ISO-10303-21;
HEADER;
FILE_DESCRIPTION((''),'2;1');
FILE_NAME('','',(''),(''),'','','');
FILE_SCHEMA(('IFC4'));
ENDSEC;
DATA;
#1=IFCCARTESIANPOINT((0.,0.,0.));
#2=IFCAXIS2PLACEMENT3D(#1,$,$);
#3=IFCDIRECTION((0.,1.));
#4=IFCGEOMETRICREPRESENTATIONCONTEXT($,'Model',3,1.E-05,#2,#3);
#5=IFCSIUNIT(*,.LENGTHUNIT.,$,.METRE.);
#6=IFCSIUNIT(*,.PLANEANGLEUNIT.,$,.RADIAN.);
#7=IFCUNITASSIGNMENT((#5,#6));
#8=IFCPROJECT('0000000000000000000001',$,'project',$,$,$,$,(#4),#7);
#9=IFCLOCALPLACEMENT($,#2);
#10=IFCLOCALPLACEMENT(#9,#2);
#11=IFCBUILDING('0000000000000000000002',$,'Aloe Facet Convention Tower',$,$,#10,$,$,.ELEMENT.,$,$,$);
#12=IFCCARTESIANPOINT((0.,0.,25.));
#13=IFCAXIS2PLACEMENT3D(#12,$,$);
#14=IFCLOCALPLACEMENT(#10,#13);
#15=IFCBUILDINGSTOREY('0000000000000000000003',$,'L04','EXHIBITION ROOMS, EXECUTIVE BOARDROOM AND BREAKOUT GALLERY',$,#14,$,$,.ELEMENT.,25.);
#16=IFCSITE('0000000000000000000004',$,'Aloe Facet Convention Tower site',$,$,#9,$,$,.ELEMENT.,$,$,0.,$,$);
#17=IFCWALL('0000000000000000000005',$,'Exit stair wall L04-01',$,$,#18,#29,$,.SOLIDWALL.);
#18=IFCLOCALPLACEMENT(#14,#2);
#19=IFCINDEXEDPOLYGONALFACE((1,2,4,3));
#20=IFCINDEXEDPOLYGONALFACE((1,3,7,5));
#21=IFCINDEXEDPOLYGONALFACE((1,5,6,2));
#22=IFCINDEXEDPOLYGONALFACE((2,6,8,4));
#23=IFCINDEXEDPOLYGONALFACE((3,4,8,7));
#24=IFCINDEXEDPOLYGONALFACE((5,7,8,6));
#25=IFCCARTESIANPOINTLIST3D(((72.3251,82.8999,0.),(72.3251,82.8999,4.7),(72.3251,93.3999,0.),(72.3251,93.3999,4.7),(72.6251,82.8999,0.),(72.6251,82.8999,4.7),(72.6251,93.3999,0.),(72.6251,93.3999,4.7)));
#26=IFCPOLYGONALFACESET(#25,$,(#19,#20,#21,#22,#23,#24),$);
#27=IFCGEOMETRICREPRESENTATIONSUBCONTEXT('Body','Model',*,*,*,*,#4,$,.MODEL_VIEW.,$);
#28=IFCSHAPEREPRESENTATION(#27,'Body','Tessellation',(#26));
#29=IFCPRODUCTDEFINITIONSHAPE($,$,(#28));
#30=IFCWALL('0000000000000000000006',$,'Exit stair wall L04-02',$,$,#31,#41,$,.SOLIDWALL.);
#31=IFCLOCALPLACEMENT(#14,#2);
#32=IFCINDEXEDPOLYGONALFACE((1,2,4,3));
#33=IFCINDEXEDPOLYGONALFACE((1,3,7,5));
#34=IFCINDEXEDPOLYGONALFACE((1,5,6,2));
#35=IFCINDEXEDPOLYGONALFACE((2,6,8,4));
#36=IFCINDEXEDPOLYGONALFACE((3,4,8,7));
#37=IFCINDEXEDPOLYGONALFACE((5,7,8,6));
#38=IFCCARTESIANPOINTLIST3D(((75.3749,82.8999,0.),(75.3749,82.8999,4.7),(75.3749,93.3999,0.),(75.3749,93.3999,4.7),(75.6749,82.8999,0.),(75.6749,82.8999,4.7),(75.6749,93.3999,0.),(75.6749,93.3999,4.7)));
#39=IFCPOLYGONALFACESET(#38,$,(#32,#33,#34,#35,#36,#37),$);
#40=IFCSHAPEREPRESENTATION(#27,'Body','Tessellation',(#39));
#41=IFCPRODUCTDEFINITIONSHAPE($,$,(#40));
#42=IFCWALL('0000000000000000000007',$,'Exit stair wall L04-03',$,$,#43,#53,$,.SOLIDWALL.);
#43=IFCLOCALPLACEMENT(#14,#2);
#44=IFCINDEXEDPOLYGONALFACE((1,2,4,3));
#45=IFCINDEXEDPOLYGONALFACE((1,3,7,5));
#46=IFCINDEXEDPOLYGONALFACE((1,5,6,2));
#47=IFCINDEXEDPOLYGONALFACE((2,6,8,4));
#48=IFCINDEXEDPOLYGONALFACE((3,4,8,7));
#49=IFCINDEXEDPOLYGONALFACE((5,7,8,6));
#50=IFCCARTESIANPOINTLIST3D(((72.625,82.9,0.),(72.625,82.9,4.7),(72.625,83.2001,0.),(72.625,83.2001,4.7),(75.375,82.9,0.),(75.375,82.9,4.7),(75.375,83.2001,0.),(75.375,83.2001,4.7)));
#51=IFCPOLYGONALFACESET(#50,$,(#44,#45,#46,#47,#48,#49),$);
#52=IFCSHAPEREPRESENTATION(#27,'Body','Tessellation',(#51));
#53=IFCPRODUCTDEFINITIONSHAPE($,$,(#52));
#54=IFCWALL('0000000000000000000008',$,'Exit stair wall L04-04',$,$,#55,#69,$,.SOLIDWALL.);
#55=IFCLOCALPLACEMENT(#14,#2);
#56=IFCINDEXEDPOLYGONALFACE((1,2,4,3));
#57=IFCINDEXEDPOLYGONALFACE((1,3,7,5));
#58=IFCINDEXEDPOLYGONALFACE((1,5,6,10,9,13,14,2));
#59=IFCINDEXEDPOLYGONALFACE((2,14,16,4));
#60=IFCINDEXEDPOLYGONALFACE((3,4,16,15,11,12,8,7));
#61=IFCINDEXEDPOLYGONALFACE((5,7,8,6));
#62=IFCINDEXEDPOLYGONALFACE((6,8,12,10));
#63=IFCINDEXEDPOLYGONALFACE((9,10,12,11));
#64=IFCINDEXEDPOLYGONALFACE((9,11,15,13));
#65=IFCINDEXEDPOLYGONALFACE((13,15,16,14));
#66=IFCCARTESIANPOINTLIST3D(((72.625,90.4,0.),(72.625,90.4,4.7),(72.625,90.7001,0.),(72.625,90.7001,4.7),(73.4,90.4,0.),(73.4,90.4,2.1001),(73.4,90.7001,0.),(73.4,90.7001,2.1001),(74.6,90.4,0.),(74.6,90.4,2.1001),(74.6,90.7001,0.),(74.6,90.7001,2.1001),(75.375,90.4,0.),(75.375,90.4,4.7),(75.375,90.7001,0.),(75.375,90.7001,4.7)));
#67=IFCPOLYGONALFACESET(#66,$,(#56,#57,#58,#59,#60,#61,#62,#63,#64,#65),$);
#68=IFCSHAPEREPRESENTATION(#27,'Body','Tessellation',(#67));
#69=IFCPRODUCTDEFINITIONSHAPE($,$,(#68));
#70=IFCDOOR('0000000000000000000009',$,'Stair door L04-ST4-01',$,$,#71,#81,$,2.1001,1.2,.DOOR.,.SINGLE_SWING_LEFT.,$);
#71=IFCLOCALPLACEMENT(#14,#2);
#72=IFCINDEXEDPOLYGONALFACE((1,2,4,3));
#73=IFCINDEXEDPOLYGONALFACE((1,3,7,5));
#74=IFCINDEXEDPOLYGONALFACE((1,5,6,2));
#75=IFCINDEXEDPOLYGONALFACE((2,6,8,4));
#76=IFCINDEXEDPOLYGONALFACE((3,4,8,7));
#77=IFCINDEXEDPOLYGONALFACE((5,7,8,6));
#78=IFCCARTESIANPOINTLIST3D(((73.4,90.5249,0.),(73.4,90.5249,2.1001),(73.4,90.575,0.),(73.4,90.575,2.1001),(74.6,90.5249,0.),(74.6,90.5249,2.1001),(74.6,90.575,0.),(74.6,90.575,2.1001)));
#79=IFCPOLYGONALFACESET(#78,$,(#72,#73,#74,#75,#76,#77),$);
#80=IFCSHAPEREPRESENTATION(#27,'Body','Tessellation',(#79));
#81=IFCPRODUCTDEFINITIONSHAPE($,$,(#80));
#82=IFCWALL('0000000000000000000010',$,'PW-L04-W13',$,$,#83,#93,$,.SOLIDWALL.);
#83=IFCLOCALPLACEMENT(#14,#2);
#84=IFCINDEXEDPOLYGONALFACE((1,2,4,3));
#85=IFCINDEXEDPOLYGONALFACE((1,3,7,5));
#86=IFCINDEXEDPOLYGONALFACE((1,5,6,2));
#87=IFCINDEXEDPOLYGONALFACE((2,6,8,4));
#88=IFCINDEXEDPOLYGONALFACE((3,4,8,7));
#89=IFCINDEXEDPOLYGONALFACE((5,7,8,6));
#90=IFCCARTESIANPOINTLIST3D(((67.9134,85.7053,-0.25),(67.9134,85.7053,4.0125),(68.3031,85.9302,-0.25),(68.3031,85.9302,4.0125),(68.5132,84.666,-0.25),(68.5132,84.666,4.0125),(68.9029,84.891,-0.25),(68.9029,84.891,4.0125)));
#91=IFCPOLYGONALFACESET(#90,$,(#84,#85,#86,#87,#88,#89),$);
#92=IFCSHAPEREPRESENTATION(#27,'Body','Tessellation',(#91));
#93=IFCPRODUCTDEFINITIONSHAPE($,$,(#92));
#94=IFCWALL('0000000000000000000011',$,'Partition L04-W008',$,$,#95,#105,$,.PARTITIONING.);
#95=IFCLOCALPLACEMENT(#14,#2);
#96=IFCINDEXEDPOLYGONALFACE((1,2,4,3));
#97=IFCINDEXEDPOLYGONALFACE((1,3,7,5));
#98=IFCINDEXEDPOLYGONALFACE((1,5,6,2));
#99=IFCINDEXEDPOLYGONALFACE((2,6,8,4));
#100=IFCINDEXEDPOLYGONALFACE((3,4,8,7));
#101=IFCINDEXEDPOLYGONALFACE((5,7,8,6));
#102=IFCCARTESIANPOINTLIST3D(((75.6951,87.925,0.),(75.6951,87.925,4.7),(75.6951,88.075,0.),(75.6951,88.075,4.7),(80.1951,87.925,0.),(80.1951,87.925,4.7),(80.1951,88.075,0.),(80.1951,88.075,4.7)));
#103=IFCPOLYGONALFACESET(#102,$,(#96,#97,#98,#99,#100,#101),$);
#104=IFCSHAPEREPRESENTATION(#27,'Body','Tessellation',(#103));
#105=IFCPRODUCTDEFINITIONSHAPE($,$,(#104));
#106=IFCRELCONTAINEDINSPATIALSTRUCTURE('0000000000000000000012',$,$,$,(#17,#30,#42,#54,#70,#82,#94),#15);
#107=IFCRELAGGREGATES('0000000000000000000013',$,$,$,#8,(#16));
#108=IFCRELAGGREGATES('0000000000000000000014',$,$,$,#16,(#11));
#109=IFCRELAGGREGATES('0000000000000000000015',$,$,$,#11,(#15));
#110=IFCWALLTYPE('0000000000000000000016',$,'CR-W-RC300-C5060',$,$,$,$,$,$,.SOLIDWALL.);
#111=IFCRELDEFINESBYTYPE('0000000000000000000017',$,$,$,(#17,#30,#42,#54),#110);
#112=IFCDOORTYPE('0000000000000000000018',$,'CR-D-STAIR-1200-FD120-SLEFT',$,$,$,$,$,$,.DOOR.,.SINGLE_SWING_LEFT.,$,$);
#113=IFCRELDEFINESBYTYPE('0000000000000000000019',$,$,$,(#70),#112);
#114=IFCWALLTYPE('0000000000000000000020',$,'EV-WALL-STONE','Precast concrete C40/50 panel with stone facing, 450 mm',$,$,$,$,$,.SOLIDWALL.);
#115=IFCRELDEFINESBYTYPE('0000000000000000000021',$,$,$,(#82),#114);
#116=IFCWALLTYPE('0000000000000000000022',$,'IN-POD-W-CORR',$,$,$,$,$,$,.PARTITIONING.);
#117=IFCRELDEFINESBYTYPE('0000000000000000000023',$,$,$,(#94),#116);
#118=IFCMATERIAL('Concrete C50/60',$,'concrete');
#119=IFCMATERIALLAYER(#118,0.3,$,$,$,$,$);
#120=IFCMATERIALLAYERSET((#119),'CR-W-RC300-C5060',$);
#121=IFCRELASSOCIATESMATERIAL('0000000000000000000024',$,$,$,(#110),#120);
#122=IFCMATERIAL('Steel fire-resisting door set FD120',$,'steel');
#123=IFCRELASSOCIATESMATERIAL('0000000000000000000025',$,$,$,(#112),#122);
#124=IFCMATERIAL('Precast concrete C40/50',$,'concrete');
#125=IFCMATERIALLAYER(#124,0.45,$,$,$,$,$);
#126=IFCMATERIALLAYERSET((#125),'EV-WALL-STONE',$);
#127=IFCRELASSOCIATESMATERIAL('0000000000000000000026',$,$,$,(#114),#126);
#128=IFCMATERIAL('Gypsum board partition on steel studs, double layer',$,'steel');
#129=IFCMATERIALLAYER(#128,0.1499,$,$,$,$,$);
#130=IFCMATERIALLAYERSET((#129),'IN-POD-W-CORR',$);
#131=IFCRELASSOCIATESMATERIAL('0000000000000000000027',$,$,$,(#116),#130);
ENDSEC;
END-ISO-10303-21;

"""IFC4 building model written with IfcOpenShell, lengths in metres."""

from ifc_helpers import new_model, si_unit, direction, frame, frame_2d, origin, place, context, subcontext, project, spatial, rectangle, extrude, material, layer, layer_set, type_object, element, fill, save


model = new_model("IFC4")

# Units and contexts
model_context = context("Model", 3, precision=1e-05, world=origin(), true_north=direction((0.0, 1.0)))
body_context = subcontext(model_context, "Body", "Model", "MODEL_VIEW")
ifc_project = project(units=[si_unit("LENGTHUNIT", "METRE"), si_unit("PLANEANGLEUNIT", "RADIAN")], contexts=[model_context])

# Site, building, storey
site_placement = place(None, origin())
site = spatial("IfcSite", under=ifc_project, at=site_placement, Name="Aloe Facet Convention Tower site", CompositionType="ELEMENT", RefElevation=0.0)
building_placement = place(site_placement, origin())
building = spatial("IfcBuilding", under=site, at=building_placement, Name="Aloe Facet Convention Tower", CompositionType="ELEMENT")
storey_placement = place(building_placement, frame((0.0, 0.0, 25.0)))
storey = spatial("IfcBuildingStorey", under=building, at=storey_placement, Name="L04", Description="EXHIBITION ROOMS, EXECUTIVE BOARDROOM AND BREAKOUT GALLERY", CompositionType="ELEMENT", Elevation=25.0)

# Walls
ifc_material_1 = material(Name="Concrete C50/60", Category="concrete")
ifc_layer_1 = layer(ifc_material_1, 0.3)
ifc_layer_set_1 = layer_set([ifc_layer_1], Name="CR-W-RC300-C5060")
wall_type_1 = type_object("IfcWallType", Name="CR-W-RC300-C5060", PredefinedType="SOLIDWALL", material=ifc_layer_set_1)
for number, where, z_axis, x_axis, name in (
    (1, (72.4751, 82.8999, 0.0), (0.0, 0.0, 1.0), (0.0, 1.0, 0.0), "Exit stair wall L04-01"),
    (2, (75.5249, 82.8999, 0.0), (0.0, 0.0, 1.0), (0.0, 1.0, 0.0), "Exit stair wall L04-02"),
):
    element("IfcWall", number, at=place(storey_placement, frame(where, z_axis=z_axis, x_axis=x_axis)), inside=storey, type_object=wall_type_1, Name=name, PredefinedType="SOLIDWALL", context=body_context, shape_type="SweptSolid", body=[
        extrude(rectangle(XDim=10.5, YDim=0.3, at=frame_2d((5.25, 0.0))), origin(), (0.0, 0.0, 1.0), 4.7),
    ])
wall_1_placement = place(storey_placement, frame((72.625, 83.05, 0.0), z_axis=(0.0, 0.0, 1.0), x_axis=(1.0, 0.0, 0.0)))
element("IfcWall", 3, at=wall_1_placement, inside=storey, type_object=wall_type_1, Name="Exit stair wall L04-03", PredefinedType="SOLIDWALL", context=body_context, shape_type="SweptSolid", body=[
    extrude(rectangle(XDim=2.75, YDim=0.3, at=frame_2d((1.375, 0.0))), origin(), (0.0, 0.0, 1.0), 4.7),
])

# Wall, opening, door
wall_2_placement = place(storey_placement, frame((72.625, 90.55, 0.0), z_axis=(0.0, 0.0, 1.0), x_axis=(1.0, 0.0, 0.0)))
wall_2 = element("IfcWall", 4, at=wall_2_placement, inside=storey, type_object=wall_type_1, Name="Exit stair wall L04-04", PredefinedType="SOLIDWALL", context=body_context, shape_type="SweptSolid", body=[
    extrude(rectangle(XDim=2.75, YDim=0.3, at=frame_2d((1.375, 0.0))), origin(), (0.0, 0.0, 1.0), 4.7),
])
opening_placement = place(wall_2_placement, frame((0.7749, 0.0, 0.0)))
opening = element("IfcOpeningElement", 5, at=opening_placement, cuts=wall_2, PredefinedType="OPENING", context=body_context, shape_type="SweptSolid", body=[
    extrude(rectangle(XDim=1.2, YDim=2.1001, at=frame_2d((0.6001, 1.05))), frame((0.0, 0.1602, 0.0), z_axis=(0.0, -1.0, 0.0), x_axis=(1.0, 0.0, 0.0)), (0.0, 0.0, 1.0), 0.3201),
])
ifc_material_2 = material(Name="Steel fire-resisting door set FD120", Category="steel")
door_type = type_object("IfcDoorType", Name="CR-D-STAIR-1200-FD120-SLEFT", OperationType="SINGLE_SWING_LEFT", PredefinedType="DOOR", material=ifc_material_2)
door_placement = place(opening_placement, origin())
door = element("IfcDoor", 6, at=door_placement, inside=storey, type_object=door_type, Name="Stair door L04-ST4-01", OperationType="SINGLE_SWING_LEFT", OverallHeight=2.1001, OverallWidth=1.2, PredefinedType="DOOR", context=body_context, shape_type="SweptSolid", body=[
    extrude(rectangle(XDim=1.2, YDim=2.1001, at=frame_2d((0.6001, 1.05))), frame((0.0, 0.0249, 0.0), z_axis=(0.0, -1.0, 0.0), x_axis=(1.0, 0.0, 0.0)), (0.0, 0.0, 1.0), 0.05),
])
fill(opening, door)

# Walls
ifc_material_3 = material(Name="Precast concrete C40/50", Category="concrete")
ifc_layer_2 = layer(ifc_material_3, 0.45)
ifc_layer_set_2 = layer_set([ifc_layer_2], Name="EV-WALL-STONE")
wall_type_2 = type_object("IfcWallType", Name="EV-WALL-STONE", Description="Precast concrete C40/50 panel with stone facing, 450 mm", PredefinedType="SOLIDWALL", material=ifc_layer_set_2)
wall_3_placement = place(storey_placement, frame((68.1082, 85.8179, -0.25), z_axis=(0.0, 0.0, 1.0), x_axis=(0.499881, -0.866094, 0.0)))
element("IfcWall", 7, at=wall_3_placement, inside=storey, type_object=wall_type_2, Name="PW-L04-W13", PredefinedType="SOLIDWALL", context=body_context, shape_type="SweptSolid", body=[
    extrude(rectangle(XDim=1.2, YDim=0.45, at=frame_2d((0.6001, 0.0))), origin(), (0.0, 0.0, 1.0), 4.2625),
])
ifc_material_4 = material(Name="Gypsum board partition on steel studs, double layer", Category="steel")
ifc_layer_3 = layer(ifc_material_4, 0.1499)
ifc_layer_set_3 = layer_set([ifc_layer_3], Name="IN-POD-W-CORR")
wall_type_3 = type_object("IfcWallType", Name="IN-POD-W-CORR", PredefinedType="PARTITIONING", material=ifc_layer_set_3)
wall_4_placement = place(storey_placement, frame((75.6951, 88.0, 0.0), z_axis=(0.0, 0.0, 1.0), x_axis=(1.0, 0.0, 0.0)))
element("IfcWall", 8, at=wall_4_placement, inside=storey, type_object=wall_type_3, Name="Partition L04-W008", PredefinedType="PARTITIONING", context=body_context, shape_type="SweptSolid", body=[
    extrude(rectangle(XDim=4.5, YDim=0.1499, at=frame_2d((2.25, 0.0))), origin(), (0.0, 0.0, 1.0), 4.7),
])

save(model, "model.ifc")
